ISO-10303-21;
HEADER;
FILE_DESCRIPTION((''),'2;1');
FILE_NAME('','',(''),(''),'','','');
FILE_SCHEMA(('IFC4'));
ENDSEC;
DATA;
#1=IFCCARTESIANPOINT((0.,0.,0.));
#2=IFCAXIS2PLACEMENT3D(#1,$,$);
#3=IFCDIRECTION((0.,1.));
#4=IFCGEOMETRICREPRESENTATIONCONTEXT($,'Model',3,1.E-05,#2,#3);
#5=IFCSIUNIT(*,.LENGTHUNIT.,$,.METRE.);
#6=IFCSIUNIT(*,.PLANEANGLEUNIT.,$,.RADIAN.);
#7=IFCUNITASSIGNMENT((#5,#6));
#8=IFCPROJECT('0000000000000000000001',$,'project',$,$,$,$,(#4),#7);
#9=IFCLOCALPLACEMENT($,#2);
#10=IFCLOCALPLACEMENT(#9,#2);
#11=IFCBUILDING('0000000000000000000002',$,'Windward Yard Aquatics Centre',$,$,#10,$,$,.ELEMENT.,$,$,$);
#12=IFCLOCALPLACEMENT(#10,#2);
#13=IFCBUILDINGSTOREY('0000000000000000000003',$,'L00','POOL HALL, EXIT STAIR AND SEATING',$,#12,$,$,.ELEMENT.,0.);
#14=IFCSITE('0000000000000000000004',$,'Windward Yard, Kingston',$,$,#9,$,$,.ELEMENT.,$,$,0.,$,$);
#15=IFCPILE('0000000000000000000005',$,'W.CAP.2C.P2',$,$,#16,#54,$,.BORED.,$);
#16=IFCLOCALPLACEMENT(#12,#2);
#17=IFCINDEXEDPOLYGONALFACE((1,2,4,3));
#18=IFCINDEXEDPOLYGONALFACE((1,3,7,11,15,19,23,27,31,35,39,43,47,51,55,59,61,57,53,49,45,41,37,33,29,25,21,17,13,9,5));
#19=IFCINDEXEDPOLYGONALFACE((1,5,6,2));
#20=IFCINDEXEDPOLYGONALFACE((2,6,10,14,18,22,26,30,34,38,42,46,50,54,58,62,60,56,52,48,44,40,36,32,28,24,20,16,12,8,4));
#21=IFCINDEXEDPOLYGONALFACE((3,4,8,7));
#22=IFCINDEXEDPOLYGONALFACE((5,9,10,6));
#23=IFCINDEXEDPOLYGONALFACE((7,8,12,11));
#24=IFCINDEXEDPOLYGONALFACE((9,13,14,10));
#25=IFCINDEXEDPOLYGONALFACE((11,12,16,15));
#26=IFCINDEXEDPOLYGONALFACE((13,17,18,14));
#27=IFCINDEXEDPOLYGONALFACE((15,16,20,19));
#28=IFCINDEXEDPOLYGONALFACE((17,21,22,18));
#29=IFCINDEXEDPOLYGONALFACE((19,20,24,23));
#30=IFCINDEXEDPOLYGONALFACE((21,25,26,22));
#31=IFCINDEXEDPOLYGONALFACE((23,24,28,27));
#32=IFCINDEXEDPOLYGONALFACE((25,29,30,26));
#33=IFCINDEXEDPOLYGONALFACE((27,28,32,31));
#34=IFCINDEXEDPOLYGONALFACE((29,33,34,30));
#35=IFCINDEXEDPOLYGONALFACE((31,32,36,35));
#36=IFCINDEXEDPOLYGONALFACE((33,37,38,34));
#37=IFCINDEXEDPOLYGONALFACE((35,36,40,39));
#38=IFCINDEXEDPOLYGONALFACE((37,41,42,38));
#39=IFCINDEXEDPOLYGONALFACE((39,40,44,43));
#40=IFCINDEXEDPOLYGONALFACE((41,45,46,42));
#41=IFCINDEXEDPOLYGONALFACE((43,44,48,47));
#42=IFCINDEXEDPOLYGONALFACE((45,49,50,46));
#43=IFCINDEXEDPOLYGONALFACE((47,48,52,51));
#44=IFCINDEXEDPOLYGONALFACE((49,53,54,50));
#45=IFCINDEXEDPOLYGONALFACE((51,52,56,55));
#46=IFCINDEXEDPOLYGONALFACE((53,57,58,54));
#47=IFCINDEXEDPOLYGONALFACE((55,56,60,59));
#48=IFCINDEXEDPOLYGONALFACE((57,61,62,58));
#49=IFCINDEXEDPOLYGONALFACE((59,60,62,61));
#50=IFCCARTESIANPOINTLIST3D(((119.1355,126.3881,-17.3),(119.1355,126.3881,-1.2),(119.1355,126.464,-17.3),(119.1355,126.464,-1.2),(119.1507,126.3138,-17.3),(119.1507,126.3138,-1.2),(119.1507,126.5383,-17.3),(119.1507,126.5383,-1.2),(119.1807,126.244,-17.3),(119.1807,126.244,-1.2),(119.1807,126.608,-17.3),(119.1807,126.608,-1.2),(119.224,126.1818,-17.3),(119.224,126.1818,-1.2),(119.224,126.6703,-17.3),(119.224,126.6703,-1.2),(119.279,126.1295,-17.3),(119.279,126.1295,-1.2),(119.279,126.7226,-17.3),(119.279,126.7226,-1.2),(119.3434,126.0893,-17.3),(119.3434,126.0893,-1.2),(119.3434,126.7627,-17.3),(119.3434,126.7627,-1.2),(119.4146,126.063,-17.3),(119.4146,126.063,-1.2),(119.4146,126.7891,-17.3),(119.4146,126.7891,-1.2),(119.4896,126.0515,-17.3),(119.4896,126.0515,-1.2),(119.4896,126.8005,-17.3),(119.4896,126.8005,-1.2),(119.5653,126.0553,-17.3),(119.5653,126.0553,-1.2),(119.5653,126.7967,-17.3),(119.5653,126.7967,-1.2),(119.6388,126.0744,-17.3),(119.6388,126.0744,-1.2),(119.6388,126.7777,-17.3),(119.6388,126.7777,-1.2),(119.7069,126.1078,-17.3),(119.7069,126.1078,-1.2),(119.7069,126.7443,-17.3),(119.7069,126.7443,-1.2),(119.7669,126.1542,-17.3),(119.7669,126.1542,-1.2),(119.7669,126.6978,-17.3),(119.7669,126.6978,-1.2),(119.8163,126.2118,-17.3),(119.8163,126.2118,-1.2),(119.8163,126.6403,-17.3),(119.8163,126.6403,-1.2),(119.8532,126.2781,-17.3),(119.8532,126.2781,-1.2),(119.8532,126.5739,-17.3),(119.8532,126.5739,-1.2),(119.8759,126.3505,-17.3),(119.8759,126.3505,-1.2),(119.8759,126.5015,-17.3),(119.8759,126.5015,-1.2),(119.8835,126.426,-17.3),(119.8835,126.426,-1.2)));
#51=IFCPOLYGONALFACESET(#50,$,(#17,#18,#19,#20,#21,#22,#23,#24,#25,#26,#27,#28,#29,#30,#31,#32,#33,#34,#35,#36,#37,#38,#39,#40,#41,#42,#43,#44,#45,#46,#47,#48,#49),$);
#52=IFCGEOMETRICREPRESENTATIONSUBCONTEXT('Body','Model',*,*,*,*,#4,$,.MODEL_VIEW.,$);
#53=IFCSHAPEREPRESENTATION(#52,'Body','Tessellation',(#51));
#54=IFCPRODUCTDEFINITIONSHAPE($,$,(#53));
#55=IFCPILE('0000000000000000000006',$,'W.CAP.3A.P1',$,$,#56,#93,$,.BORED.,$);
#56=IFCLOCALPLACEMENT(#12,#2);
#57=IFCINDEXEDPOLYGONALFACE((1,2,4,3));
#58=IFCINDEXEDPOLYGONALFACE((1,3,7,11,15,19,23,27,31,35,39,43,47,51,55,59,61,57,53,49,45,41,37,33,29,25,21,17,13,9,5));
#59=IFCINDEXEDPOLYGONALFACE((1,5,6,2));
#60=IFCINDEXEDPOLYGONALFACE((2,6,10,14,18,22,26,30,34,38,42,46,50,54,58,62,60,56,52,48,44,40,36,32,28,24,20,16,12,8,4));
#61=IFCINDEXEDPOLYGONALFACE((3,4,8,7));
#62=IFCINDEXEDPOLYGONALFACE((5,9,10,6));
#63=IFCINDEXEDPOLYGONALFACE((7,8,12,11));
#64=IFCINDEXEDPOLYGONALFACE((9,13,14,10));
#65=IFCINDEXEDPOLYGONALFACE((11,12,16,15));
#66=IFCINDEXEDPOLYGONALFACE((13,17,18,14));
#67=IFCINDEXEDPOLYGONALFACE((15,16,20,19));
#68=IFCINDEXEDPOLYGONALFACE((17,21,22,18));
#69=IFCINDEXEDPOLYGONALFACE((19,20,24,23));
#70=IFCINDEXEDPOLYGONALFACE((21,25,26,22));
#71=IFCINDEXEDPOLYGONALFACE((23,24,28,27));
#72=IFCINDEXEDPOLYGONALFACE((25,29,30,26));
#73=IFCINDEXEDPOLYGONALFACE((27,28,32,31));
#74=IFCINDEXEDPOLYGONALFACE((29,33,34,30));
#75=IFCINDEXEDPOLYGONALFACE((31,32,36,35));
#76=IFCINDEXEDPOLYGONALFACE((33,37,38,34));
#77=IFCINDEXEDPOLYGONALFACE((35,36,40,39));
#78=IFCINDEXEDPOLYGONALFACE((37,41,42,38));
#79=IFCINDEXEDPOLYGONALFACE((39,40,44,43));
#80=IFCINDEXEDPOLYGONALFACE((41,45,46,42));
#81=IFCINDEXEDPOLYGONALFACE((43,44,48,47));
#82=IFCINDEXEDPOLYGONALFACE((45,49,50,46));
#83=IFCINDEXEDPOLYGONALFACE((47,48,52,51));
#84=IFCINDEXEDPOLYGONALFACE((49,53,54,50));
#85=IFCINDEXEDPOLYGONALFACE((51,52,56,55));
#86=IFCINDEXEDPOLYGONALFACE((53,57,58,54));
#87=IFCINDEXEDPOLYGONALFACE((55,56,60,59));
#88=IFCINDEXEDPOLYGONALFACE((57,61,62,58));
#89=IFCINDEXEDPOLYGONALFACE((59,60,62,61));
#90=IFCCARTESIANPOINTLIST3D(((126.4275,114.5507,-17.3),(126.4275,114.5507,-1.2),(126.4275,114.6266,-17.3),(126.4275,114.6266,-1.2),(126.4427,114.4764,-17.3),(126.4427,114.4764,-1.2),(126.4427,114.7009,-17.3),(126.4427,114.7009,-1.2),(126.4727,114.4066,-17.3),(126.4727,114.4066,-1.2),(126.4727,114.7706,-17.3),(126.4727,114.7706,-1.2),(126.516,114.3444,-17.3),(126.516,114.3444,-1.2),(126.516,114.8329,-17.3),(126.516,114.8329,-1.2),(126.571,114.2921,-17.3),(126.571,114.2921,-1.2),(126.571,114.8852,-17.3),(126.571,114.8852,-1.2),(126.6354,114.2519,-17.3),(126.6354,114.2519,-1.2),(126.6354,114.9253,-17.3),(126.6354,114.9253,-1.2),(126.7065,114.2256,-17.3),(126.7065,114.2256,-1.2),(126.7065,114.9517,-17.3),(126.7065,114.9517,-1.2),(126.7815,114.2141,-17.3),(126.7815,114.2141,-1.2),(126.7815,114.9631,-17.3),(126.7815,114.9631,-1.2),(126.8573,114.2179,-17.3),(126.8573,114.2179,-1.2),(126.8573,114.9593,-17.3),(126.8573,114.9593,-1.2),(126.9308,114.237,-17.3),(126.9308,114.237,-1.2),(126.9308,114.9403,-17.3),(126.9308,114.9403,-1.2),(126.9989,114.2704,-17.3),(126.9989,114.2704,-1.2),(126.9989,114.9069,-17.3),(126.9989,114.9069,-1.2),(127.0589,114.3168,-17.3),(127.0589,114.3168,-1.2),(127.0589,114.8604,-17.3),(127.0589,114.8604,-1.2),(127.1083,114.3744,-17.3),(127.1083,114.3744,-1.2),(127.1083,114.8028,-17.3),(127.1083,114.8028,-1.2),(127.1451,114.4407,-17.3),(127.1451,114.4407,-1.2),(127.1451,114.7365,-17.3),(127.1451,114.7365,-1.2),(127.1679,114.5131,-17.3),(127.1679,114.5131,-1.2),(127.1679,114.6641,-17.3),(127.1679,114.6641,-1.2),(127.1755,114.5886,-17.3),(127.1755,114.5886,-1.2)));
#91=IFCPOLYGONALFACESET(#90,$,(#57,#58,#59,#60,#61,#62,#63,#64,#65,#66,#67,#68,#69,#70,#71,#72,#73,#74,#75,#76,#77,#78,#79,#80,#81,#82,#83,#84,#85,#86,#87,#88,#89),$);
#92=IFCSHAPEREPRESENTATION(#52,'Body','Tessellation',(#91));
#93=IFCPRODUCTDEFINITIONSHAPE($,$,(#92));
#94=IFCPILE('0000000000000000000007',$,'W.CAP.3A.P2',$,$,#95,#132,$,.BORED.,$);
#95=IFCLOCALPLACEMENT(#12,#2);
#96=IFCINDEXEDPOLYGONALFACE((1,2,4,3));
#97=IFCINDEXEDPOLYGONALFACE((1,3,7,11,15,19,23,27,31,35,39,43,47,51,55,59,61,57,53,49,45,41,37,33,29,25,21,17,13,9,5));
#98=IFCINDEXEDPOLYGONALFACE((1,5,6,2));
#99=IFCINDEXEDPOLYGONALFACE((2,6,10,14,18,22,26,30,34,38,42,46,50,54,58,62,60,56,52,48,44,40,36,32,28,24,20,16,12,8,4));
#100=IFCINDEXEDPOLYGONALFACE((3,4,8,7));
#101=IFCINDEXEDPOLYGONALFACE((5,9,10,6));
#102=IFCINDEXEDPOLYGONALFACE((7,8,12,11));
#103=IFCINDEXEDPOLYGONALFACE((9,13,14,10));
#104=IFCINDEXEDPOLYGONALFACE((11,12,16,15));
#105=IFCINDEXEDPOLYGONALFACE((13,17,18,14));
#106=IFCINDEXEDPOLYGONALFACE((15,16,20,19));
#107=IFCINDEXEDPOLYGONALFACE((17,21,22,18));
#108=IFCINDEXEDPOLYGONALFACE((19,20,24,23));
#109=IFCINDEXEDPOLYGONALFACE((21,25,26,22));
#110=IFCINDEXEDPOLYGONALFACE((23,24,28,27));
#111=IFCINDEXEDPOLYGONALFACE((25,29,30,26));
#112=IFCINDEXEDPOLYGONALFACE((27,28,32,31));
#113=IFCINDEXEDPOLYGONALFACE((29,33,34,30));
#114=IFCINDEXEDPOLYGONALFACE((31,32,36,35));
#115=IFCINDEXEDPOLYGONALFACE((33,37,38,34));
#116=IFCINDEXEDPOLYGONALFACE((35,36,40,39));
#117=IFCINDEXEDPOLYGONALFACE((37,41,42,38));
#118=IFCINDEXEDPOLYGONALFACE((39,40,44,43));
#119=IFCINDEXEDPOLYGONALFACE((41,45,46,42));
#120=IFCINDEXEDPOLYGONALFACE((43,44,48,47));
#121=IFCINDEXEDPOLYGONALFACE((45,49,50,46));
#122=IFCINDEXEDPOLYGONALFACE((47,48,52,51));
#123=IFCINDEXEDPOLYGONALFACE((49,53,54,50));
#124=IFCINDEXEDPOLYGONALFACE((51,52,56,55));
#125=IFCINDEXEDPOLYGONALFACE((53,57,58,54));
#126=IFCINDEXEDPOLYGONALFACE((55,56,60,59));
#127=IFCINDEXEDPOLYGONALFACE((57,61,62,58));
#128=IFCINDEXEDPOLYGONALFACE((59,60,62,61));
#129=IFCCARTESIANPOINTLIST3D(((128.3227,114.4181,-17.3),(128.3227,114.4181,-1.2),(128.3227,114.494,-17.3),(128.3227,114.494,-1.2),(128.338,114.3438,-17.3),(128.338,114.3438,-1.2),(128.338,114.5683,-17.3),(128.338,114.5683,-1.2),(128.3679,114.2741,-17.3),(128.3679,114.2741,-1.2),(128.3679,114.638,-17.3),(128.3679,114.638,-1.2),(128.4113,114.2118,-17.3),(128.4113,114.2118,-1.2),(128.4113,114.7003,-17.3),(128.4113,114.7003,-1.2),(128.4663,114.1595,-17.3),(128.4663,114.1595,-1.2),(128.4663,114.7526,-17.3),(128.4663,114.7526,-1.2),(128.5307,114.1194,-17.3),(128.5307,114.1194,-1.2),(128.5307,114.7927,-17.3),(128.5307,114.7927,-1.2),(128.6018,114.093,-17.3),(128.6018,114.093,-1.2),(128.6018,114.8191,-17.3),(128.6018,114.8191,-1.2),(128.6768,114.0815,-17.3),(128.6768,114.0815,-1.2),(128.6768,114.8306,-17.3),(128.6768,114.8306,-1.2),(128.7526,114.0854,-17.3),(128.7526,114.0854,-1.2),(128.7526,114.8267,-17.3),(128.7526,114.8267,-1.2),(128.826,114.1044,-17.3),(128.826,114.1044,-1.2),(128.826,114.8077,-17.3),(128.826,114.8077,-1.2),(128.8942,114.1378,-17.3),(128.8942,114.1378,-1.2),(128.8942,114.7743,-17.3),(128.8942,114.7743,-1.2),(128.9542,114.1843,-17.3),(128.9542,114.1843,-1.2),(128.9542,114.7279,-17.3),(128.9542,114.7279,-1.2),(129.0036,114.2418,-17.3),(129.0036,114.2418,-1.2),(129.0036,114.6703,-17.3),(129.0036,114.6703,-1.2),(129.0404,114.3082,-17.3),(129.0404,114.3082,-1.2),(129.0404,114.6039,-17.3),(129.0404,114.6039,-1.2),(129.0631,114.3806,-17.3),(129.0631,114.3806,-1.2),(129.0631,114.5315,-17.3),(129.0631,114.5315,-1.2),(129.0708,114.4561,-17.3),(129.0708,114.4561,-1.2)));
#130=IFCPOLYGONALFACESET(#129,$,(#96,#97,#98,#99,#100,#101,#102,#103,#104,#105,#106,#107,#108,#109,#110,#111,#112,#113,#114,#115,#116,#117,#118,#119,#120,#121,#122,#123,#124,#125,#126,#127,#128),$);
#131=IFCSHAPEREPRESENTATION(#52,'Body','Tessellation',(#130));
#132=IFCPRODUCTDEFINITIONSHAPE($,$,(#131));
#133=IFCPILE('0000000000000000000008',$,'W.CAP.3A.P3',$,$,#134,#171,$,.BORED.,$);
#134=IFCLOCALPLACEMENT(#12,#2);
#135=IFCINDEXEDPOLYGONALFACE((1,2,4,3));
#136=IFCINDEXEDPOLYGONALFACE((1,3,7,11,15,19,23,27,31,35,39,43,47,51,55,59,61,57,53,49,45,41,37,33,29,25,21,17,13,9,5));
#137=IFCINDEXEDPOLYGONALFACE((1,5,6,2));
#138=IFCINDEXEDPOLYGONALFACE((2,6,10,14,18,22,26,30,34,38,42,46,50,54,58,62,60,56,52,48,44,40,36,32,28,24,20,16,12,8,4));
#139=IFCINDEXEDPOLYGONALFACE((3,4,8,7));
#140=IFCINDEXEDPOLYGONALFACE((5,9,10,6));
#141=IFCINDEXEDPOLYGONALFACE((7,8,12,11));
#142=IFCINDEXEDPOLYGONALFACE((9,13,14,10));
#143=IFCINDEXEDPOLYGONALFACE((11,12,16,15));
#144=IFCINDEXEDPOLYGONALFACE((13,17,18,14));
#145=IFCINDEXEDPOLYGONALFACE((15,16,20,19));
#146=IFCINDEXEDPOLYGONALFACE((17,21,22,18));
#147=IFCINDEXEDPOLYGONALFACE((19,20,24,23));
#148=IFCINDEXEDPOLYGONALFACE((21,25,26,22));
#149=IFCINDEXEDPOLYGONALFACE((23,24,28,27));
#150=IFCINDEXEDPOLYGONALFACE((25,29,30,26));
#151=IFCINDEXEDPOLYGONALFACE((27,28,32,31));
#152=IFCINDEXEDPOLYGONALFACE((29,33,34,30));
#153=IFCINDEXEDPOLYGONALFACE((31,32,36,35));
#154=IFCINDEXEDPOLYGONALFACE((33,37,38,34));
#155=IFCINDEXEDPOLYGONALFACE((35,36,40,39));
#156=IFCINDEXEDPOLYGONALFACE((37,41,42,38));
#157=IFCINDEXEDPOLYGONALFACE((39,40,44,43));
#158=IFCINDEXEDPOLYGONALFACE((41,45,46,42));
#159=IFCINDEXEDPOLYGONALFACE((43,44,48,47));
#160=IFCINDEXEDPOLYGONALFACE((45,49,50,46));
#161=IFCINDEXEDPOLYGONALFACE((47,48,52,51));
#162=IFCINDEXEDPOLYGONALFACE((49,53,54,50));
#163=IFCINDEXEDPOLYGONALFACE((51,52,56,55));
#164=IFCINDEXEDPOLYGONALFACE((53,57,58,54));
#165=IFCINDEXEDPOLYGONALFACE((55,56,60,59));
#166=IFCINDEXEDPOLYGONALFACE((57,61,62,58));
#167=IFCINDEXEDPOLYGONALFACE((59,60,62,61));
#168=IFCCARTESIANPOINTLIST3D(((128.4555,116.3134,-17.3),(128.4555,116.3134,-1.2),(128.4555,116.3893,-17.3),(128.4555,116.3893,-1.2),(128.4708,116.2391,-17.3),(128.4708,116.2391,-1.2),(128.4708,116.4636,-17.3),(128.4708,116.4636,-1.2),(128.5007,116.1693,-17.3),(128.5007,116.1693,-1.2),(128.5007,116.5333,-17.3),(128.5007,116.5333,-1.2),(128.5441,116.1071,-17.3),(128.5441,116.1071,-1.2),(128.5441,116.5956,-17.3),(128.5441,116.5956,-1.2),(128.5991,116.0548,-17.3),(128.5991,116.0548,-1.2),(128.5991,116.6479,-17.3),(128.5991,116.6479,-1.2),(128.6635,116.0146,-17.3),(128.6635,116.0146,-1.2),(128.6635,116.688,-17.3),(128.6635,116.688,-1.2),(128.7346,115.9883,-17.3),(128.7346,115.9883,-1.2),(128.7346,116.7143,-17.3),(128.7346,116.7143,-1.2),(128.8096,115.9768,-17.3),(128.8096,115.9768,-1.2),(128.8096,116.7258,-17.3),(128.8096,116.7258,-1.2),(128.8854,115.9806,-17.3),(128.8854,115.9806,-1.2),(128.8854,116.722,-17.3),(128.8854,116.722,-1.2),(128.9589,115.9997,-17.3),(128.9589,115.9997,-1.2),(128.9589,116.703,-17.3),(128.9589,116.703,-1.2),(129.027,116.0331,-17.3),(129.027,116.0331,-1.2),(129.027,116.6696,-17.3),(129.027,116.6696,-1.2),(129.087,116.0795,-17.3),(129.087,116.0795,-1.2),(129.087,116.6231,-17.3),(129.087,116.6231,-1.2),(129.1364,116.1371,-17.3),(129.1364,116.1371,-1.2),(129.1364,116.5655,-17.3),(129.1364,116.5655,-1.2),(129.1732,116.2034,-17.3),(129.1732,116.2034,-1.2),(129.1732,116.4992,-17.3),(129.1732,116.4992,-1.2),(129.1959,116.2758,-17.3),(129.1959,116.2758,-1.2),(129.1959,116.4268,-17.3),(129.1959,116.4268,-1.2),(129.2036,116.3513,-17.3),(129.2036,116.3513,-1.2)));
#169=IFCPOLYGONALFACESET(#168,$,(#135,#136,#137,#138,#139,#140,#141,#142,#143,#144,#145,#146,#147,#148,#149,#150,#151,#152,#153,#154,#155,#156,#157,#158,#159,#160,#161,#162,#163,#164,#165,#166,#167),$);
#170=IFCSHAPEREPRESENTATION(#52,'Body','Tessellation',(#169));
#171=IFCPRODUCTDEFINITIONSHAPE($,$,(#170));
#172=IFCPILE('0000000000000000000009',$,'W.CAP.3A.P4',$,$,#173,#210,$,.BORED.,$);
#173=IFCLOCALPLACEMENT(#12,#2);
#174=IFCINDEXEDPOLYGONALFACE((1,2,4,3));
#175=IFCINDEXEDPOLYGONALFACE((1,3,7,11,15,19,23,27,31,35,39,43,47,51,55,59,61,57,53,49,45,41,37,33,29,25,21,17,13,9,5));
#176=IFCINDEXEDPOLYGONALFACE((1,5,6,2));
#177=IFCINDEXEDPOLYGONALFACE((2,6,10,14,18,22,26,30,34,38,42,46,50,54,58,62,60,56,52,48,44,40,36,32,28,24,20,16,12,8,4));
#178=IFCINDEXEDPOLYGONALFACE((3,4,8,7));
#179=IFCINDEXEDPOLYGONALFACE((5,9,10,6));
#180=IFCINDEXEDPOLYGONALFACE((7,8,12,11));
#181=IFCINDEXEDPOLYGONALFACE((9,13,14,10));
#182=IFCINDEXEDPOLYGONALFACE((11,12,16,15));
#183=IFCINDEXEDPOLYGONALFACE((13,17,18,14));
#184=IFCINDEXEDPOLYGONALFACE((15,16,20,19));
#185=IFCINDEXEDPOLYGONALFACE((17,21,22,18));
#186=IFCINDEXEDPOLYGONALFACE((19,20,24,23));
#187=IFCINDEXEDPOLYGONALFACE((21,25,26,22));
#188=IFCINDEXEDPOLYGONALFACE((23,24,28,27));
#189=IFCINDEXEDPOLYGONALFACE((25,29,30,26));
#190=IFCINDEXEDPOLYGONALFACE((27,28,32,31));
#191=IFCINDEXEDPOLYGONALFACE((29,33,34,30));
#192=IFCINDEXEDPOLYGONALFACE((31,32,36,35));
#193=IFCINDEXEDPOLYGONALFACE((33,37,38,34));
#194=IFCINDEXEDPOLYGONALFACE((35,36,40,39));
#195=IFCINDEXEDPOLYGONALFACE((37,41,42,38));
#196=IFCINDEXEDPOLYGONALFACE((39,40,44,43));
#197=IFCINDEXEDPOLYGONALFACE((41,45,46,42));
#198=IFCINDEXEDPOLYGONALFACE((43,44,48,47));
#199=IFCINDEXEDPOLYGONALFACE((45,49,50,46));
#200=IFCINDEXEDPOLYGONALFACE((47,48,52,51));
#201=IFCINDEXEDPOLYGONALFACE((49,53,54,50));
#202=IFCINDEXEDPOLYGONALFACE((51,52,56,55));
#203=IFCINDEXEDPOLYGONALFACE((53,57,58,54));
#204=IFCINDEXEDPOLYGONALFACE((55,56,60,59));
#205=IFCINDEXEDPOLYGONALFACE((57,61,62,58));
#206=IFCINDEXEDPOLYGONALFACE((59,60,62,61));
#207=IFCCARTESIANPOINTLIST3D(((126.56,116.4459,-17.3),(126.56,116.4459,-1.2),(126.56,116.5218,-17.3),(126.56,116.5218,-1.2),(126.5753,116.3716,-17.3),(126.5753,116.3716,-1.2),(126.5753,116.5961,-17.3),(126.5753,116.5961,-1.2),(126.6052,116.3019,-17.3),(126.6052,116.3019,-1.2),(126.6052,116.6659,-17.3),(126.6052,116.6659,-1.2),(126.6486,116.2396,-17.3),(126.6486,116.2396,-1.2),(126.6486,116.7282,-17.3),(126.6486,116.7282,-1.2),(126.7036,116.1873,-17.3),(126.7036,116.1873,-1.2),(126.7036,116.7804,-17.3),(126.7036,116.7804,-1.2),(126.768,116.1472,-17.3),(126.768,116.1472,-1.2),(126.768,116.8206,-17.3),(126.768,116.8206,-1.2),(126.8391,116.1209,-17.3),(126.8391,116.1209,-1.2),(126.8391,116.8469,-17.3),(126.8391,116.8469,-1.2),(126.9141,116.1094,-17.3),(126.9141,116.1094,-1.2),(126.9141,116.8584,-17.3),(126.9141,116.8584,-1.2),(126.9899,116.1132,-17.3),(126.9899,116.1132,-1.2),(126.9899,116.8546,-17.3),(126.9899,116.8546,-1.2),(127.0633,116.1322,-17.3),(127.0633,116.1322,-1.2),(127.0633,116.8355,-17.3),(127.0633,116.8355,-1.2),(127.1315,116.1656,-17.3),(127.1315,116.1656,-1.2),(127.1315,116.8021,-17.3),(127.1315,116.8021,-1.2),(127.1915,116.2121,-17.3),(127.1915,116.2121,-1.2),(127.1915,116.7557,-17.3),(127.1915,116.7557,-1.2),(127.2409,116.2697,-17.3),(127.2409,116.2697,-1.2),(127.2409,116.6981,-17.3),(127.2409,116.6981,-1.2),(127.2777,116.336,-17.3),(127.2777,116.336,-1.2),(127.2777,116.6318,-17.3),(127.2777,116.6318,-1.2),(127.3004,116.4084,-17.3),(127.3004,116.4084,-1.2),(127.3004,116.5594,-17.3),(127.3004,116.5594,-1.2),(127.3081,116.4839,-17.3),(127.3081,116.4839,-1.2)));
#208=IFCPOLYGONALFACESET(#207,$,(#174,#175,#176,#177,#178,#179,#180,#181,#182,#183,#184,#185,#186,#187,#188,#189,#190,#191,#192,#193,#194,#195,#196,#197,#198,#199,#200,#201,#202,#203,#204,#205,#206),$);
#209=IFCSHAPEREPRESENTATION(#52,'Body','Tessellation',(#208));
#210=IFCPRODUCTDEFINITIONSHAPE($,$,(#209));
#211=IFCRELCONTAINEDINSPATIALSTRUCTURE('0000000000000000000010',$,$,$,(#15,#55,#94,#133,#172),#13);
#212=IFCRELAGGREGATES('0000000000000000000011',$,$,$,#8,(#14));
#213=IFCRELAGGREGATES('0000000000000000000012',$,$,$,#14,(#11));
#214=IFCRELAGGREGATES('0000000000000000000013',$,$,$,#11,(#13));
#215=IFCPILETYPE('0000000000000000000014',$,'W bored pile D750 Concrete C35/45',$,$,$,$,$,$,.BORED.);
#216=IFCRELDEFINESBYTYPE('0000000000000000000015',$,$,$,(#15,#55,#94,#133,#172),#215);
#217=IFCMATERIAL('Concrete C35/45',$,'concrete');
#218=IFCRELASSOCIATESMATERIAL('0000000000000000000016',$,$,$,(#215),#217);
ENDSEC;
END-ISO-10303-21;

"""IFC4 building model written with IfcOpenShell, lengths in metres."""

from ifc_helpers import new_model, si_unit, direction, frame, origin, origin_2d, place, context, subcontext, project, spatial, circle, extrude, material, material_profile, profile_set, type_object, element, save


model = new_model("IFC4")

# Units and contexts
model_context = context("Model", 3, precision=1e-05, world=origin(), true_north=direction((0.0, 1.0)))
body_context = subcontext(model_context, "Body", "Model", "MODEL_VIEW")
ifc_project = project(units=[si_unit("LENGTHUNIT", "METRE"), si_unit("PLANEANGLEUNIT", "RADIAN")], contexts=[model_context])

# Site, building, storey
site_placement = place(None, origin())
site = spatial("IfcSite", under=ifc_project, at=site_placement, Name="Windward Yard, Kingston", CompositionType="ELEMENT", RefElevation=0.0)
building_placement = place(site_placement, origin())
building = spatial("IfcBuilding", under=site, at=building_placement, Name="Windward Yard Aquatics Centre", CompositionType="ELEMENT")
storey_placement = place(building_placement, origin())
storey = spatial("IfcBuildingStorey", under=building, at=storey_placement, Name="L00", Description="POOL HALL, EXIT STAIR AND SEATING", CompositionType="ELEMENT", Elevation=0.0)

# Piles
ifc_material_1 = material(Name="Concrete C35/45", Category="concrete")
ifc_material_profile_1 = material_profile(ifc_material_1, circle(Radius=0.375, at=origin_2d()), Name="D750")
ifc_profile_set_1 = profile_set([ifc_material_profile_1], Name="Concrete C35/45")
pile_type = type_object("IfcPileType", Name="W bored pile D750 Concrete C35/45", PredefinedType="BORED", material=ifc_profile_set_1)
for number, where, z_axis, x_axis, name in (
    (1, (119.5085, 126.426, -1.2), (0.0, 0.0, -1.0), (1.0, 0.0, 0.0), "W.CAP.2C.P2"),
    (2, (126.8005, 114.5886, -1.2), (0.0, 0.0, -1.0), (1.0, 0.0, 0.0), "W.CAP.3A.P1"),
    (3, (128.6958, 114.4561, -1.2), (0.0, 0.0, -1.0), (1.0, 0.0, 0.0), "W.CAP.3A.P2"),
    (4, (128.8286, 116.3513, -1.2), (0.0, 0.0, -1.0), (1.0, 0.0, 0.0), "W.CAP.3A.P3"),
    (5, (126.9331, 116.4839, -1.2), (0.0, 0.0, -1.0), (1.0, 0.0, 0.0), "W.CAP.3A.P4"),
):
    element("IfcPile", number, at=place(storey_placement, frame(where, z_axis=z_axis, x_axis=x_axis)), inside=storey, type_object=pile_type, Name=name, PredefinedType="BORED", context=body_context, shape_type="SweptSolid", body=[
        extrude(circle(Radius=0.375, at=origin_2d()), origin(), (0.0, 0.0, 1.0), 16.1001),
    ])

save(model, "model.ifc")
